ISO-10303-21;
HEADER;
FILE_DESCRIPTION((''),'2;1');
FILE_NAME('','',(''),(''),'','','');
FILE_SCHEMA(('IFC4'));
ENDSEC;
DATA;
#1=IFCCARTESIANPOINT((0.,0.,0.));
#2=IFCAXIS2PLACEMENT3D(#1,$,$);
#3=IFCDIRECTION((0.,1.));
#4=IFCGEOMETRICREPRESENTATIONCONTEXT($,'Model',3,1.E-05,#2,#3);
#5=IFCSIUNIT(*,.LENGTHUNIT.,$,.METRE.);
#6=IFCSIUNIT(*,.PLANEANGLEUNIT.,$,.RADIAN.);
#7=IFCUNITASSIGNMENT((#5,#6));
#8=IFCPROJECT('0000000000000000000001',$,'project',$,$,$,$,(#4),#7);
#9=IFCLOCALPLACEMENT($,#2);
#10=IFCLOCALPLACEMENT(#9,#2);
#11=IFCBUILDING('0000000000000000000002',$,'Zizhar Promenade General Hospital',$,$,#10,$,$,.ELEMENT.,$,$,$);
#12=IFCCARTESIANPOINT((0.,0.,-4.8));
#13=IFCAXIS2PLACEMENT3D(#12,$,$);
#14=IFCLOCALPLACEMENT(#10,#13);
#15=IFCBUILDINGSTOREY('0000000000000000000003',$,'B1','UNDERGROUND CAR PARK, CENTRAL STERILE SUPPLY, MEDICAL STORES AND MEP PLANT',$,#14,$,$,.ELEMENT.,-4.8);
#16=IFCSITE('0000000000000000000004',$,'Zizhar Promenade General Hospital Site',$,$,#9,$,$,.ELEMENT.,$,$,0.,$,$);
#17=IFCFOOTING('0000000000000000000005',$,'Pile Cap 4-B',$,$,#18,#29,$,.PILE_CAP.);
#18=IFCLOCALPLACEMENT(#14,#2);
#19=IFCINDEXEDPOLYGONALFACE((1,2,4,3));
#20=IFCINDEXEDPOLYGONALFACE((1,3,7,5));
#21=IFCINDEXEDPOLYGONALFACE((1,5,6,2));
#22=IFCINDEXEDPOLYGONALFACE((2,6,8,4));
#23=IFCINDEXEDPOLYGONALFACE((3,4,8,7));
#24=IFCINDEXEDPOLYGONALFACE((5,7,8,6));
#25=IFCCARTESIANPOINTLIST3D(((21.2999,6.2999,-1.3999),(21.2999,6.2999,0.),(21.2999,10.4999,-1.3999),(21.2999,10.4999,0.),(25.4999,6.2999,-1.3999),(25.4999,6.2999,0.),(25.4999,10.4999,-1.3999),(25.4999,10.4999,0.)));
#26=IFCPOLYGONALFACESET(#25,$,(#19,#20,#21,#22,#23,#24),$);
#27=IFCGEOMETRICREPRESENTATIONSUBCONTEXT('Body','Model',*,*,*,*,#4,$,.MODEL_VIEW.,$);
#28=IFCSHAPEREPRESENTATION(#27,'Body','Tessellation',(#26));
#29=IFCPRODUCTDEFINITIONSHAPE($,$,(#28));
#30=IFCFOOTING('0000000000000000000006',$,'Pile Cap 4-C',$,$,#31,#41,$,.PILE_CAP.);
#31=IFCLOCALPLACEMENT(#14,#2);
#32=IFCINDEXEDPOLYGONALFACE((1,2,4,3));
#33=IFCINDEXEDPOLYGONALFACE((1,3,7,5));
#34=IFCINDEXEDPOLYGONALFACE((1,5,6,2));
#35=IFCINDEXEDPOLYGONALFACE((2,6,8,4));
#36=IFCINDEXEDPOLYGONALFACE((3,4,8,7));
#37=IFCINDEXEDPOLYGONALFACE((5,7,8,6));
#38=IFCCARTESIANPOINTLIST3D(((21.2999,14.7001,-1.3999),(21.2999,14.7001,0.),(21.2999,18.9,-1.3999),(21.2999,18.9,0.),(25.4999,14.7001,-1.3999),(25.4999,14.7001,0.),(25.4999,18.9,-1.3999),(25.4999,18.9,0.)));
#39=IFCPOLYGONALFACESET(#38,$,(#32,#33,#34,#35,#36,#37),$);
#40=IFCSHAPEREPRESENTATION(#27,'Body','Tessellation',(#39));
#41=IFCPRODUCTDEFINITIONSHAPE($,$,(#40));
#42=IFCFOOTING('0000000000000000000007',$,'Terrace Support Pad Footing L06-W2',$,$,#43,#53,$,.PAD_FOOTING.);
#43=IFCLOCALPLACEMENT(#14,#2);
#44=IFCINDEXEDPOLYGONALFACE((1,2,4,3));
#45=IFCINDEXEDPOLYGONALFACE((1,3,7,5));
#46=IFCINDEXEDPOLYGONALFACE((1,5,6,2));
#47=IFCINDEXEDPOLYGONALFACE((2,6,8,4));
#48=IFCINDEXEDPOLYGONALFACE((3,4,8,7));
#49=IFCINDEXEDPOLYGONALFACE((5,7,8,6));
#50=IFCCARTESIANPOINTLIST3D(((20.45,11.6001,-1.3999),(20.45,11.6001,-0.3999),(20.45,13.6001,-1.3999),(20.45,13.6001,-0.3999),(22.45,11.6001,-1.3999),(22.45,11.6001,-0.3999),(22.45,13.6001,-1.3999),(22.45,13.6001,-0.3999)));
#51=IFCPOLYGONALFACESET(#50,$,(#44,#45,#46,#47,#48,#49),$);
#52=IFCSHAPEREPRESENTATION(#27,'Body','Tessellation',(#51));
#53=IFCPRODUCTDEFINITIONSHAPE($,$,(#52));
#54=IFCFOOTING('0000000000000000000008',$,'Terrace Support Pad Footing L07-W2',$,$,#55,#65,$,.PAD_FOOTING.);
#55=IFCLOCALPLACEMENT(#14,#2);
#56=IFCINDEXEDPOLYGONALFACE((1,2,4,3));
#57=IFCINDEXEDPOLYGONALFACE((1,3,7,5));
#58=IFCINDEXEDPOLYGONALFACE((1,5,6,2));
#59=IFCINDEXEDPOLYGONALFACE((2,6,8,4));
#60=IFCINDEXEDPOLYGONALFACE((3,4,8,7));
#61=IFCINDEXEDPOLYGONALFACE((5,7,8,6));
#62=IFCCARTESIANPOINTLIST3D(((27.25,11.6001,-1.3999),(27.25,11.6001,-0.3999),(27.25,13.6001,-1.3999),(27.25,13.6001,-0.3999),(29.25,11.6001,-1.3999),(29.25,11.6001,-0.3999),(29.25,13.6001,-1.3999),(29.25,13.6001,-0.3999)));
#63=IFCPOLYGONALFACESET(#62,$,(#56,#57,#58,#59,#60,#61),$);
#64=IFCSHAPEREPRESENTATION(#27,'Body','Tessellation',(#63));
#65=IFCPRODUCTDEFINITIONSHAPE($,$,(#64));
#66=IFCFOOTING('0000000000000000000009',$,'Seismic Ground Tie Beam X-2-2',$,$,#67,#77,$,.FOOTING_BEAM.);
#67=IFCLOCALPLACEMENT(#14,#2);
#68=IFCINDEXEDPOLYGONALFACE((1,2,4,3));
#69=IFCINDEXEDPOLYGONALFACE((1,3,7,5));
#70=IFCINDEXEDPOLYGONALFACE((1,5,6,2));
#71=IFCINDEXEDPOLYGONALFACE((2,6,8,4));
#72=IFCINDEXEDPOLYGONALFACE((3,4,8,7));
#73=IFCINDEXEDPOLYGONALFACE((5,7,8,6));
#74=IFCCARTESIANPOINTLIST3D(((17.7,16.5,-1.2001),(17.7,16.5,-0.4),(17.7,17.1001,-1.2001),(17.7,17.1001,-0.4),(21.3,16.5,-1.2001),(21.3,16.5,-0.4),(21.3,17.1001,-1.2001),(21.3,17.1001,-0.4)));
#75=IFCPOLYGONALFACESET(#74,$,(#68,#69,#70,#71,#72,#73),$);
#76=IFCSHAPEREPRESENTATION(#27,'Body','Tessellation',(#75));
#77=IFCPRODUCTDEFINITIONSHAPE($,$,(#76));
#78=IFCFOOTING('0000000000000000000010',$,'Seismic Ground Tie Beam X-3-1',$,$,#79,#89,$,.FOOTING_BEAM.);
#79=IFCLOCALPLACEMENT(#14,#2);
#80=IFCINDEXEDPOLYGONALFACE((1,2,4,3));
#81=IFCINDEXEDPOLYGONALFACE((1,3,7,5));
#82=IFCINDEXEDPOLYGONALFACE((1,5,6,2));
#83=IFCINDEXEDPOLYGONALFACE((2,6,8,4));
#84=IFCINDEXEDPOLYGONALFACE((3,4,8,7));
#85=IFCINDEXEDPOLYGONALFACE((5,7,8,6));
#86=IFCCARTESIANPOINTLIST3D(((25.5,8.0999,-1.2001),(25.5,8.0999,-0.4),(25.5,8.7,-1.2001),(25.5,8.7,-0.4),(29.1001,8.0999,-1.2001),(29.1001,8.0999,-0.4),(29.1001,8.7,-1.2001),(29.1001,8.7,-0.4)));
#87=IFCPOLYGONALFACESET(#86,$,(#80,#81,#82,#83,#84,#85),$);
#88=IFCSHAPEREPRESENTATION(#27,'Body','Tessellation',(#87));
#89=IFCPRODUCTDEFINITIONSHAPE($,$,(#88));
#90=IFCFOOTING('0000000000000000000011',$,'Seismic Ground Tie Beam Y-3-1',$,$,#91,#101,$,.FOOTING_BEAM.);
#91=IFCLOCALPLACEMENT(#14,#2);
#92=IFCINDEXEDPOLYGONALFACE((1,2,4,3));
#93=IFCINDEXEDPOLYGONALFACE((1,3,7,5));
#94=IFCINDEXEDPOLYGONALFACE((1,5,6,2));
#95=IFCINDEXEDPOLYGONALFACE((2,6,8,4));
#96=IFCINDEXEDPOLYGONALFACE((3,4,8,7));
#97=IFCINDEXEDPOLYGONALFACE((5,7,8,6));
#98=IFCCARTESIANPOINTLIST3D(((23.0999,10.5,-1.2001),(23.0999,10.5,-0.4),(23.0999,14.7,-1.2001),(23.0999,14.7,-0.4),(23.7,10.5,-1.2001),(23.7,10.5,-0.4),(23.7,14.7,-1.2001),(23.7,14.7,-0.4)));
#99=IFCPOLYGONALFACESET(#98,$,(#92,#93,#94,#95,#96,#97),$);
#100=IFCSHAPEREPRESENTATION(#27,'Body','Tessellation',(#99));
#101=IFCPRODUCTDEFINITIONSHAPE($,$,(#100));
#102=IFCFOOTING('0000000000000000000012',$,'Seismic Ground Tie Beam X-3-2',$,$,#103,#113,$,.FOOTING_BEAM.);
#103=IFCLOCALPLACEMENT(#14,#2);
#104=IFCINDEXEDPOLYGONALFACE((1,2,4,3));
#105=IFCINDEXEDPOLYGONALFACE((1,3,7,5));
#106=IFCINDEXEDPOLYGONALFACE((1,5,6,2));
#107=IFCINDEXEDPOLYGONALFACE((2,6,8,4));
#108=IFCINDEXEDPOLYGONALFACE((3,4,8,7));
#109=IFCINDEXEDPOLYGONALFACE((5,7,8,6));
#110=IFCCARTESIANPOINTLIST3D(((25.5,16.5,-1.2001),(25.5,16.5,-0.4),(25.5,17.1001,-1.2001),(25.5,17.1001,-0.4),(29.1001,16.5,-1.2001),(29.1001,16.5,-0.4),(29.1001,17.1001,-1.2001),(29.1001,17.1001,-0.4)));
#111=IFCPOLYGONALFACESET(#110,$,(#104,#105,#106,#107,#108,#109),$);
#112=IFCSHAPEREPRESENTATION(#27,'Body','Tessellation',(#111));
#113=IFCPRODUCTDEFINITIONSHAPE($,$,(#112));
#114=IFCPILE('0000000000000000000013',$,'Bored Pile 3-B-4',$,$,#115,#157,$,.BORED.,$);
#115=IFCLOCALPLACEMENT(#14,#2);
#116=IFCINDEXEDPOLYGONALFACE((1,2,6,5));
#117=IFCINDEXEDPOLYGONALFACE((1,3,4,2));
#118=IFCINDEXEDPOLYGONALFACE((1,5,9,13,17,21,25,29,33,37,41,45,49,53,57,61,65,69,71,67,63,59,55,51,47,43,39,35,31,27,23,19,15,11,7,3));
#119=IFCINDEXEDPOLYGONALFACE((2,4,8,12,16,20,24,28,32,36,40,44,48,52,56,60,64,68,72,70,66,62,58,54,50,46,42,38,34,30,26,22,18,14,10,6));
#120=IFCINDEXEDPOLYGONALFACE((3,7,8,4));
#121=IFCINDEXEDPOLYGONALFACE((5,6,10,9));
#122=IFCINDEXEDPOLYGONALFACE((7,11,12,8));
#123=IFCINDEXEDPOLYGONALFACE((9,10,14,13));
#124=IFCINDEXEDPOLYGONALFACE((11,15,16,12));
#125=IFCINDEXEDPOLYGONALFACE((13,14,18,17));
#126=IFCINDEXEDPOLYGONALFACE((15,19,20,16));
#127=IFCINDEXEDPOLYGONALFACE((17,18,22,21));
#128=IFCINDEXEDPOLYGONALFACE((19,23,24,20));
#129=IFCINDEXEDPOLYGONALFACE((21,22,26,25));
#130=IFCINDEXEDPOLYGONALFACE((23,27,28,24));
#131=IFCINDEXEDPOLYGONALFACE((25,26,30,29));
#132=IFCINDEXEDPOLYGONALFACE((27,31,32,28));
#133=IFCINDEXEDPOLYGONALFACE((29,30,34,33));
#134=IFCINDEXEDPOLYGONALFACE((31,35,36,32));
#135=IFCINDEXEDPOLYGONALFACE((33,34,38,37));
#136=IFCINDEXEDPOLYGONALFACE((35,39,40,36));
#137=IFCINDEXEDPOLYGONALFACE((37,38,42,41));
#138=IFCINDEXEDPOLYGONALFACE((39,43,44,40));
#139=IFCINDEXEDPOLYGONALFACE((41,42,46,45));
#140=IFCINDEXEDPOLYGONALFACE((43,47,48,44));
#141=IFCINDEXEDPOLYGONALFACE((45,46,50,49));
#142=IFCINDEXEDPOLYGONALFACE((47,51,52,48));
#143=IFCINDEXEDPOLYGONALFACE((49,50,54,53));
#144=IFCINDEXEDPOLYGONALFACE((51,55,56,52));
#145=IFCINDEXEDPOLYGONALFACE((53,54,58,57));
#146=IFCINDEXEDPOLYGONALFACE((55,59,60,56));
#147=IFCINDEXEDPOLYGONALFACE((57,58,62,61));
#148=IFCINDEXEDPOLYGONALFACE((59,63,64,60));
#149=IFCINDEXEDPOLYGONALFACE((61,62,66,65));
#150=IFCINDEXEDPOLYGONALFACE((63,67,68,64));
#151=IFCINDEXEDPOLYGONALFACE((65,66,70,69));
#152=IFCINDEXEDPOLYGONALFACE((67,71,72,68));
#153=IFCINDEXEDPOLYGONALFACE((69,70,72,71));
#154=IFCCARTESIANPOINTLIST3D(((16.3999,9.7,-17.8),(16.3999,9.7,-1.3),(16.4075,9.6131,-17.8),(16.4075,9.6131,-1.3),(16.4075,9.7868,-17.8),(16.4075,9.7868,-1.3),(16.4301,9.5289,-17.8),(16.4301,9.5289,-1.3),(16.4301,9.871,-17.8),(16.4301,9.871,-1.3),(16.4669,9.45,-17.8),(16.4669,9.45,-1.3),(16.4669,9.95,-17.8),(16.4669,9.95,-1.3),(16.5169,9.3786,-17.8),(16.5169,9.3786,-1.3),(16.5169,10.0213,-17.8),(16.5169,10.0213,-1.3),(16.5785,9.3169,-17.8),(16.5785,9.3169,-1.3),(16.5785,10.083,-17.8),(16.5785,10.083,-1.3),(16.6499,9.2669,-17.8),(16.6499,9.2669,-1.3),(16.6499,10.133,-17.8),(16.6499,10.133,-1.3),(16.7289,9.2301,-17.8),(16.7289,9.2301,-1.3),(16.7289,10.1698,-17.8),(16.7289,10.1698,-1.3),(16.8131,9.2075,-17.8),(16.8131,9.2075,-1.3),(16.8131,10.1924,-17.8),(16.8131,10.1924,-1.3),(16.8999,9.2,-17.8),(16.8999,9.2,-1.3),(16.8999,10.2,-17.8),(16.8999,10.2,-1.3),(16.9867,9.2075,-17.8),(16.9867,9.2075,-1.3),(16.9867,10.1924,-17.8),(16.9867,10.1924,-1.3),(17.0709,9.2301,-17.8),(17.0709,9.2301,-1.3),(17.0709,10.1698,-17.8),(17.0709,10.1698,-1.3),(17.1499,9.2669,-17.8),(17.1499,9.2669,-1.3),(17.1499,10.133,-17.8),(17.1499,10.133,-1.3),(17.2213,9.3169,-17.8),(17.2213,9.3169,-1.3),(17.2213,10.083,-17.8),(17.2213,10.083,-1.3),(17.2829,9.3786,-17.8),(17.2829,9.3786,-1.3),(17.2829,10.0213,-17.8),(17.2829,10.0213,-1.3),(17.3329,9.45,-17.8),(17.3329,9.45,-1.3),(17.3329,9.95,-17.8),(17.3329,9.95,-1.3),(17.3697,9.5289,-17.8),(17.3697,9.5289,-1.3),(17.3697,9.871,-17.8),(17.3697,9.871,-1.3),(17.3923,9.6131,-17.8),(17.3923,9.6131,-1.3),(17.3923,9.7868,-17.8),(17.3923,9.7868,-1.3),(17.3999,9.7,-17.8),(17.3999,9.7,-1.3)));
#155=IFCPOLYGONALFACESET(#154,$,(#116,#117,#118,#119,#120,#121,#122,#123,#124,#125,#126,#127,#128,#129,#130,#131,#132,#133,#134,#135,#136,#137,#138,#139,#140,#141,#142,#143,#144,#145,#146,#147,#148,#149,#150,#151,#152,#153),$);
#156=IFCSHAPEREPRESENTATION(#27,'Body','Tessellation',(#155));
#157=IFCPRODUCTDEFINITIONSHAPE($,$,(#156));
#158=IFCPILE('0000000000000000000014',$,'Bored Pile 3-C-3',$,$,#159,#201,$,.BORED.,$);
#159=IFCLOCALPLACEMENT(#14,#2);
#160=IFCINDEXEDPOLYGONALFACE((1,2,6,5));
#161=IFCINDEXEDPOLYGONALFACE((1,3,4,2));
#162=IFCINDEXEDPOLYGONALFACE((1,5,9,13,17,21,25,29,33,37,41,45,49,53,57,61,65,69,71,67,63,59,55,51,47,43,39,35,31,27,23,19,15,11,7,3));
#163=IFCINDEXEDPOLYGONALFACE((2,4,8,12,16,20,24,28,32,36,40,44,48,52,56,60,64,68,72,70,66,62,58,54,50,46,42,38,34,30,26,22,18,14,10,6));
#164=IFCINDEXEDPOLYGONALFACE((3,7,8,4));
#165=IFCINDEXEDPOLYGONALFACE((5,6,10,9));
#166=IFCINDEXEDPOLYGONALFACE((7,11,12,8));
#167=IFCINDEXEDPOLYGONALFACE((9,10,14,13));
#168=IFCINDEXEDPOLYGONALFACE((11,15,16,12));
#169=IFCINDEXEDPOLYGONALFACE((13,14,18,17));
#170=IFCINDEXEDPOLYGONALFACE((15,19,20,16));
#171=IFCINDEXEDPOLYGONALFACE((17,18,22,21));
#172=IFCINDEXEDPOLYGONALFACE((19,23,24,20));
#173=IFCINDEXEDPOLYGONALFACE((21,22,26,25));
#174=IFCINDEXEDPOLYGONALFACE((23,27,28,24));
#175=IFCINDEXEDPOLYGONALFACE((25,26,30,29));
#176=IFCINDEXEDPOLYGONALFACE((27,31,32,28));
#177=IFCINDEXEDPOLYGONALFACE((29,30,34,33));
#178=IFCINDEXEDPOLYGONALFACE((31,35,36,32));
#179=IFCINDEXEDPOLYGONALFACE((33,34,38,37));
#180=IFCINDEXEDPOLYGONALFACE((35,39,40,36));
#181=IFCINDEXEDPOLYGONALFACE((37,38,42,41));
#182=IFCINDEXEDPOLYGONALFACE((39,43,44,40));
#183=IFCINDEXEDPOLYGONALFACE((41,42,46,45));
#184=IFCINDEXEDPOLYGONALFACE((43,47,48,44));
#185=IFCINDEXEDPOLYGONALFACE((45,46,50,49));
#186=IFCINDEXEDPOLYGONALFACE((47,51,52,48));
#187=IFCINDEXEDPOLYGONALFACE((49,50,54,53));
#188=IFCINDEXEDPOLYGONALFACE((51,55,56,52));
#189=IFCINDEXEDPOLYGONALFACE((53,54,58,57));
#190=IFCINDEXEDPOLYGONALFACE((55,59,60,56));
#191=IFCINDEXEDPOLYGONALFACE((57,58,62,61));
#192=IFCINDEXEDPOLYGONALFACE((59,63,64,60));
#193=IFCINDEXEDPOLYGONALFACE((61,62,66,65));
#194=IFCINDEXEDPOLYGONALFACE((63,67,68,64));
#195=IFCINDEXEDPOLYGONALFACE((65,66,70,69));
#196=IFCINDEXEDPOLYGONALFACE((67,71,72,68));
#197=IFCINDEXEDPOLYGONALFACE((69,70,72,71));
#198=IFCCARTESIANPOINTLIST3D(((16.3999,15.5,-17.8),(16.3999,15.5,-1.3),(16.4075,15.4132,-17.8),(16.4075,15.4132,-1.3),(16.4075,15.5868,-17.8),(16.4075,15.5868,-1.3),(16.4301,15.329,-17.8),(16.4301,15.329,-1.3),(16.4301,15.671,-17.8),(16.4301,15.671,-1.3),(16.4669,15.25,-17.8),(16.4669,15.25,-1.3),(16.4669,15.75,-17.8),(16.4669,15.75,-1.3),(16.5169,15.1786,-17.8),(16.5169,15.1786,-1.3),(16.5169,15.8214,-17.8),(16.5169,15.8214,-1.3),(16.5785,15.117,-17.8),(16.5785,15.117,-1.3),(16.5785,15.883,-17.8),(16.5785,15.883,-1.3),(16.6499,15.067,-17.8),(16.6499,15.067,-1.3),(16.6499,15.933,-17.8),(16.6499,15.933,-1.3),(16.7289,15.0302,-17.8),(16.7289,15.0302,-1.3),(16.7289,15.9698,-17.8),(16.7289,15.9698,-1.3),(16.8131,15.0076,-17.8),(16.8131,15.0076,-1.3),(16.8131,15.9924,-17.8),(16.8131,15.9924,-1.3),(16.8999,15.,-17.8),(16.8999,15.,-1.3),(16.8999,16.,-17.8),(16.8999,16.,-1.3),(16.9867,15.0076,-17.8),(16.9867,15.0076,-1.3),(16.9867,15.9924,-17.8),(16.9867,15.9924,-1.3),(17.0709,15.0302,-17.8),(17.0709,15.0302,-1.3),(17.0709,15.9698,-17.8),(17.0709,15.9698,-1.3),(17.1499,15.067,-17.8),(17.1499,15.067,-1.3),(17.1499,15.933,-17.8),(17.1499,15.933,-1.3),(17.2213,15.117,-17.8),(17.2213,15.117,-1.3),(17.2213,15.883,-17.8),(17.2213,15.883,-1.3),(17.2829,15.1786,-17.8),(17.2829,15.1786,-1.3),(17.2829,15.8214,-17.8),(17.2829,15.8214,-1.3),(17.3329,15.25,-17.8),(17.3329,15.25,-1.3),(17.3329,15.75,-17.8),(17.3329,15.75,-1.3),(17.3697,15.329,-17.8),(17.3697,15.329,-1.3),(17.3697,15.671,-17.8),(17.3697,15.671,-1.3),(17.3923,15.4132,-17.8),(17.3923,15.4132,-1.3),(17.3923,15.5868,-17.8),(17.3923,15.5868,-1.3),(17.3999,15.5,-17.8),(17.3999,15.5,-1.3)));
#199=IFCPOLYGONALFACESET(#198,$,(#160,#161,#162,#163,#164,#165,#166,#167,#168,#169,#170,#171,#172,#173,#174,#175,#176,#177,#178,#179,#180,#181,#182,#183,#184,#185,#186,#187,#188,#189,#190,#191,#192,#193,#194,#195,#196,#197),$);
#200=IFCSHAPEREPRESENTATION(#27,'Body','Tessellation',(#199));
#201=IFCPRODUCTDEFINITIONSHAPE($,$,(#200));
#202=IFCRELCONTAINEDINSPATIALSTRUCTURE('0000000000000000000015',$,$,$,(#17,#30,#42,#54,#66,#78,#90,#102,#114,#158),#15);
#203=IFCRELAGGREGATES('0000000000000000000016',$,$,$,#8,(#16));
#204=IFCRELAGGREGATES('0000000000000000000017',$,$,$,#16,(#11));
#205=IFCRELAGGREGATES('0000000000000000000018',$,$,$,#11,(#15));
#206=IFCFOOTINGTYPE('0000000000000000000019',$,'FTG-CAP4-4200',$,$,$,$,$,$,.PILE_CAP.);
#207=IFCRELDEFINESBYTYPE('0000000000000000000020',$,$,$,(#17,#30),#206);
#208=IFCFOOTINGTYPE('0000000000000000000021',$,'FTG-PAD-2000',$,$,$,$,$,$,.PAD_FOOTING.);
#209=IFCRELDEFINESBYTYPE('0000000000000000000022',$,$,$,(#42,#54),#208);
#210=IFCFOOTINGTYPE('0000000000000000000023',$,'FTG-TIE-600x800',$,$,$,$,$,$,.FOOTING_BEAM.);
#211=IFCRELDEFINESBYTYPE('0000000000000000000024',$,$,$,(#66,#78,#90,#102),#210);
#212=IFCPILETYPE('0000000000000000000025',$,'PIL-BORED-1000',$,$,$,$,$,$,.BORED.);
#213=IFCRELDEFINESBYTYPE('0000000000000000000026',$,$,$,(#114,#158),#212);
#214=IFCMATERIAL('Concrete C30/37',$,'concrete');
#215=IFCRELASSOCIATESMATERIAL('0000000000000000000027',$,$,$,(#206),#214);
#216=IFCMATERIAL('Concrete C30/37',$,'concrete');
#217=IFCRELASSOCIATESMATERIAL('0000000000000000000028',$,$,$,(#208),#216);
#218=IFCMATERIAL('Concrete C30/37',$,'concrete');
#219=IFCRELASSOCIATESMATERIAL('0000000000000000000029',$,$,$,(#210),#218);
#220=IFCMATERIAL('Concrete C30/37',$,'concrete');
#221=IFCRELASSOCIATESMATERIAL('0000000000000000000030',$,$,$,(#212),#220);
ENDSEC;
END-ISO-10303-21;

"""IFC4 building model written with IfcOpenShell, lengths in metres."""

from ifc_helpers import new_model, si_unit, direction, frame, origin, origin_2d, place, context, subcontext, project, spatial, rectangle, circle, extrude, material, material_profile, profile_set, type_object, element, save


model = new_model("IFC4")

# Units and contexts
model_context = context("Model", 3, precision=1e-05, world=origin(), true_north=direction((0.0, 1.0)))
body_context = subcontext(model_context, "Body", "Model", "MODEL_VIEW")
ifc_project = project(units=[si_unit("LENGTHUNIT", "METRE"), si_unit("PLANEANGLEUNIT", "RADIAN")], contexts=[model_context])

# Site, building, storey
site_placement = place(None, origin())
site = spatial("IfcSite", under=ifc_project, at=site_placement, Name="Zizhar Promenade General Hospital Site", CompositionType="ELEMENT", RefElevation=0.0)
building_placement = place(site_placement, origin())
building = spatial("IfcBuilding", under=site, at=building_placement, Name="Zizhar Promenade General Hospital", CompositionType="ELEMENT")
storey_placement = place(building_placement, frame((0.0, 0.0, -4.8)))
storey = spatial("IfcBuildingStorey", under=building, at=storey_placement, Name="B1", Description="UNDERGROUND CAR PARK, CENTRAL STERILE SUPPLY, MEDICAL STORES AND MEP PLANT", CompositionType="ELEMENT", Elevation=-4.8)

# Footings
ifc_material_1 = material(Name="Concrete C30/37", Category="concrete")
footing_type_1 = type_object("IfcFootingType", Name="FTG-CAP4-4200", PredefinedType="PILE_CAP", material=ifc_material_1)
for number, where, z_axis, x_axis, name in (
    (1, (23.3999, 8.3999, -1.3999), (0.0, 0.0, 1.0), (1.0, 0.0, 0.0), "Pile Cap 4-B"),
    (2, (23.3999, 16.8, -1.3999), (0.0, 0.0, 1.0), (1.0, 0.0, 0.0), "Pile Cap 4-C"),
):
    element("IfcFooting", number, at=place(storey_placement, frame(where, z_axis=z_axis, x_axis=x_axis)), inside=storey, type_object=footing_type_1, Name=name, PredefinedType="PILE_CAP", context=body_context, shape_type="SweptSolid", body=[
        extrude(rectangle(XDim=4.2, YDim=4.2, at=origin_2d()), origin(), (0.0, 0.0, 1.0), 1.3999),
    ])
ifc_material_2 = material(Name="Concrete C30/37", Category="concrete")
footing_type_2 = type_object("IfcFootingType", Name="FTG-PAD-2000", PredefinedType="PAD_FOOTING", material=ifc_material_2)
for number, where, z_axis, x_axis, name in (
    (3, (21.45, 12.6001, -1.3999), (0.0, 0.0, 1.0), (1.0, 0.0, 0.0), "Terrace Support Pad Footing L06-W2"),
    (4, (28.25, 12.6001, -1.3999), (0.0, 0.0, 1.0), (1.0, 0.0, 0.0), "Terrace Support Pad Footing L07-W2"),
):
    element("IfcFooting", number, at=place(storey_placement, frame(where, z_axis=z_axis, x_axis=x_axis)), inside=storey, type_object=footing_type_2, Name=name, PredefinedType="PAD_FOOTING", context=body_context, shape_type="SweptSolid", body=[
        extrude(rectangle(XDim=2.0, YDim=2.0, at=origin_2d()), origin(), (0.0, 0.0, 1.0), 1.0),
    ])
ifc_material_3 = material(Name="Concrete C30/37", Category="concrete")
ifc_material_profile_1 = material_profile(ifc_material_3, rectangle(XDim=0.6001, YDim=0.8, at=origin_2d()))
ifc_profile_set_1 = profile_set([ifc_material_profile_1], Name="Concrete C30/37")
footing_type_3 = type_object("IfcFootingType", Name="FTG-TIE-600x800", PredefinedType="FOOTING_BEAM", material=ifc_profile_set_1)
for number, where, z_axis, x_axis, name in (
    (5, (17.7, 16.8, -0.8), (1.0, 0.0, 0.0), (0.0, 1.0, 0.0), "Seismic Ground Tie Beam X-2-2"),
    (6, (25.5, 8.3999, -0.8), (1.0, 0.0, 0.0), (0.0, 1.0, 0.0), "Seismic Ground Tie Beam X-3-1"),
):
    element("IfcFooting", number, at=place(storey_placement, frame(where, z_axis=z_axis, x_axis=x_axis)), inside=storey, type_object=footing_type_3, Name=name, PredefinedType="FOOTING_BEAM", context=body_context, shape_type="SweptSolid", body=[
        extrude(rectangle(XDim=0.6001, YDim=0.8, at=origin_2d()), origin(), (0.0, 0.0, 1.0), 3.6001),
    ])
footing_1_placement = place(storey_placement, frame((23.3999, 10.5, -0.8), z_axis=(0.0, 1.0, 0.0), x_axis=(-1.0, 0.0, 0.0)))
element("IfcFooting", 7, at=footing_1_placement, inside=storey, type_object=footing_type_3, Name="Seismic Ground Tie Beam Y-3-1", PredefinedType="FOOTING_BEAM", context=body_context, shape_type="SweptSolid", body=[
    extrude(rectangle(XDim=0.6001, YDim=0.8, at=origin_2d()), origin(), (0.0, 0.0, 1.0), 4.2),
])
footing_2_placement = place(storey_placement, frame((25.5, 16.8, -0.8), z_axis=(1.0, 0.0, 0.0), x_axis=(0.0, 1.0, 0.0)))
element("IfcFooting", 8, at=footing_2_placement, inside=storey, type_object=footing_type_3, Name="Seismic Ground Tie Beam X-3-2", PredefinedType="FOOTING_BEAM", context=body_context, shape_type="SweptSolid", body=[
    extrude(rectangle(XDim=0.6001, YDim=0.8, at=origin_2d()), origin(), (0.0, 0.0, 1.0), 3.6001),
])

# Piles
ifc_material_4 = material(Name="Concrete C30/37", Category="concrete")
ifc_material_profile_2 = material_profile(ifc_material_4, circle(Radius=0.5, at=origin_2d()))
ifc_profile_set_2 = profile_set([ifc_material_profile_2], Name="Concrete C30/37")
pile_type = type_object("IfcPileType", Name="PIL-BORED-1000", PredefinedType="BORED", material=ifc_profile_set_2)
for number, where, z_axis, x_axis, name in (
    (9, (16.8999, 9.7, -1.3), (0.0, 0.0, -1.0), (1.0, 0.0, 0.0), "Bored Pile 3-B-4"),
    (10, (16.8999, 15.5, -1.3), (0.0, 0.0, -1.0), (1.0, 0.0, 0.0), "Bored Pile 3-C-3"),
):
    element("IfcPile", number, at=place(storey_placement, frame(where, z_axis=z_axis, x_axis=x_axis)), inside=storey, type_object=pile_type, Name=name, PredefinedType="BORED", context=body_context, shape_type="SweptSolid", body=[
        extrude(circle(Radius=0.5, at=origin_2d()), origin(), (0.0, 0.0, 1.0), 16.5),
    ])

save(model, "model.ifc")
